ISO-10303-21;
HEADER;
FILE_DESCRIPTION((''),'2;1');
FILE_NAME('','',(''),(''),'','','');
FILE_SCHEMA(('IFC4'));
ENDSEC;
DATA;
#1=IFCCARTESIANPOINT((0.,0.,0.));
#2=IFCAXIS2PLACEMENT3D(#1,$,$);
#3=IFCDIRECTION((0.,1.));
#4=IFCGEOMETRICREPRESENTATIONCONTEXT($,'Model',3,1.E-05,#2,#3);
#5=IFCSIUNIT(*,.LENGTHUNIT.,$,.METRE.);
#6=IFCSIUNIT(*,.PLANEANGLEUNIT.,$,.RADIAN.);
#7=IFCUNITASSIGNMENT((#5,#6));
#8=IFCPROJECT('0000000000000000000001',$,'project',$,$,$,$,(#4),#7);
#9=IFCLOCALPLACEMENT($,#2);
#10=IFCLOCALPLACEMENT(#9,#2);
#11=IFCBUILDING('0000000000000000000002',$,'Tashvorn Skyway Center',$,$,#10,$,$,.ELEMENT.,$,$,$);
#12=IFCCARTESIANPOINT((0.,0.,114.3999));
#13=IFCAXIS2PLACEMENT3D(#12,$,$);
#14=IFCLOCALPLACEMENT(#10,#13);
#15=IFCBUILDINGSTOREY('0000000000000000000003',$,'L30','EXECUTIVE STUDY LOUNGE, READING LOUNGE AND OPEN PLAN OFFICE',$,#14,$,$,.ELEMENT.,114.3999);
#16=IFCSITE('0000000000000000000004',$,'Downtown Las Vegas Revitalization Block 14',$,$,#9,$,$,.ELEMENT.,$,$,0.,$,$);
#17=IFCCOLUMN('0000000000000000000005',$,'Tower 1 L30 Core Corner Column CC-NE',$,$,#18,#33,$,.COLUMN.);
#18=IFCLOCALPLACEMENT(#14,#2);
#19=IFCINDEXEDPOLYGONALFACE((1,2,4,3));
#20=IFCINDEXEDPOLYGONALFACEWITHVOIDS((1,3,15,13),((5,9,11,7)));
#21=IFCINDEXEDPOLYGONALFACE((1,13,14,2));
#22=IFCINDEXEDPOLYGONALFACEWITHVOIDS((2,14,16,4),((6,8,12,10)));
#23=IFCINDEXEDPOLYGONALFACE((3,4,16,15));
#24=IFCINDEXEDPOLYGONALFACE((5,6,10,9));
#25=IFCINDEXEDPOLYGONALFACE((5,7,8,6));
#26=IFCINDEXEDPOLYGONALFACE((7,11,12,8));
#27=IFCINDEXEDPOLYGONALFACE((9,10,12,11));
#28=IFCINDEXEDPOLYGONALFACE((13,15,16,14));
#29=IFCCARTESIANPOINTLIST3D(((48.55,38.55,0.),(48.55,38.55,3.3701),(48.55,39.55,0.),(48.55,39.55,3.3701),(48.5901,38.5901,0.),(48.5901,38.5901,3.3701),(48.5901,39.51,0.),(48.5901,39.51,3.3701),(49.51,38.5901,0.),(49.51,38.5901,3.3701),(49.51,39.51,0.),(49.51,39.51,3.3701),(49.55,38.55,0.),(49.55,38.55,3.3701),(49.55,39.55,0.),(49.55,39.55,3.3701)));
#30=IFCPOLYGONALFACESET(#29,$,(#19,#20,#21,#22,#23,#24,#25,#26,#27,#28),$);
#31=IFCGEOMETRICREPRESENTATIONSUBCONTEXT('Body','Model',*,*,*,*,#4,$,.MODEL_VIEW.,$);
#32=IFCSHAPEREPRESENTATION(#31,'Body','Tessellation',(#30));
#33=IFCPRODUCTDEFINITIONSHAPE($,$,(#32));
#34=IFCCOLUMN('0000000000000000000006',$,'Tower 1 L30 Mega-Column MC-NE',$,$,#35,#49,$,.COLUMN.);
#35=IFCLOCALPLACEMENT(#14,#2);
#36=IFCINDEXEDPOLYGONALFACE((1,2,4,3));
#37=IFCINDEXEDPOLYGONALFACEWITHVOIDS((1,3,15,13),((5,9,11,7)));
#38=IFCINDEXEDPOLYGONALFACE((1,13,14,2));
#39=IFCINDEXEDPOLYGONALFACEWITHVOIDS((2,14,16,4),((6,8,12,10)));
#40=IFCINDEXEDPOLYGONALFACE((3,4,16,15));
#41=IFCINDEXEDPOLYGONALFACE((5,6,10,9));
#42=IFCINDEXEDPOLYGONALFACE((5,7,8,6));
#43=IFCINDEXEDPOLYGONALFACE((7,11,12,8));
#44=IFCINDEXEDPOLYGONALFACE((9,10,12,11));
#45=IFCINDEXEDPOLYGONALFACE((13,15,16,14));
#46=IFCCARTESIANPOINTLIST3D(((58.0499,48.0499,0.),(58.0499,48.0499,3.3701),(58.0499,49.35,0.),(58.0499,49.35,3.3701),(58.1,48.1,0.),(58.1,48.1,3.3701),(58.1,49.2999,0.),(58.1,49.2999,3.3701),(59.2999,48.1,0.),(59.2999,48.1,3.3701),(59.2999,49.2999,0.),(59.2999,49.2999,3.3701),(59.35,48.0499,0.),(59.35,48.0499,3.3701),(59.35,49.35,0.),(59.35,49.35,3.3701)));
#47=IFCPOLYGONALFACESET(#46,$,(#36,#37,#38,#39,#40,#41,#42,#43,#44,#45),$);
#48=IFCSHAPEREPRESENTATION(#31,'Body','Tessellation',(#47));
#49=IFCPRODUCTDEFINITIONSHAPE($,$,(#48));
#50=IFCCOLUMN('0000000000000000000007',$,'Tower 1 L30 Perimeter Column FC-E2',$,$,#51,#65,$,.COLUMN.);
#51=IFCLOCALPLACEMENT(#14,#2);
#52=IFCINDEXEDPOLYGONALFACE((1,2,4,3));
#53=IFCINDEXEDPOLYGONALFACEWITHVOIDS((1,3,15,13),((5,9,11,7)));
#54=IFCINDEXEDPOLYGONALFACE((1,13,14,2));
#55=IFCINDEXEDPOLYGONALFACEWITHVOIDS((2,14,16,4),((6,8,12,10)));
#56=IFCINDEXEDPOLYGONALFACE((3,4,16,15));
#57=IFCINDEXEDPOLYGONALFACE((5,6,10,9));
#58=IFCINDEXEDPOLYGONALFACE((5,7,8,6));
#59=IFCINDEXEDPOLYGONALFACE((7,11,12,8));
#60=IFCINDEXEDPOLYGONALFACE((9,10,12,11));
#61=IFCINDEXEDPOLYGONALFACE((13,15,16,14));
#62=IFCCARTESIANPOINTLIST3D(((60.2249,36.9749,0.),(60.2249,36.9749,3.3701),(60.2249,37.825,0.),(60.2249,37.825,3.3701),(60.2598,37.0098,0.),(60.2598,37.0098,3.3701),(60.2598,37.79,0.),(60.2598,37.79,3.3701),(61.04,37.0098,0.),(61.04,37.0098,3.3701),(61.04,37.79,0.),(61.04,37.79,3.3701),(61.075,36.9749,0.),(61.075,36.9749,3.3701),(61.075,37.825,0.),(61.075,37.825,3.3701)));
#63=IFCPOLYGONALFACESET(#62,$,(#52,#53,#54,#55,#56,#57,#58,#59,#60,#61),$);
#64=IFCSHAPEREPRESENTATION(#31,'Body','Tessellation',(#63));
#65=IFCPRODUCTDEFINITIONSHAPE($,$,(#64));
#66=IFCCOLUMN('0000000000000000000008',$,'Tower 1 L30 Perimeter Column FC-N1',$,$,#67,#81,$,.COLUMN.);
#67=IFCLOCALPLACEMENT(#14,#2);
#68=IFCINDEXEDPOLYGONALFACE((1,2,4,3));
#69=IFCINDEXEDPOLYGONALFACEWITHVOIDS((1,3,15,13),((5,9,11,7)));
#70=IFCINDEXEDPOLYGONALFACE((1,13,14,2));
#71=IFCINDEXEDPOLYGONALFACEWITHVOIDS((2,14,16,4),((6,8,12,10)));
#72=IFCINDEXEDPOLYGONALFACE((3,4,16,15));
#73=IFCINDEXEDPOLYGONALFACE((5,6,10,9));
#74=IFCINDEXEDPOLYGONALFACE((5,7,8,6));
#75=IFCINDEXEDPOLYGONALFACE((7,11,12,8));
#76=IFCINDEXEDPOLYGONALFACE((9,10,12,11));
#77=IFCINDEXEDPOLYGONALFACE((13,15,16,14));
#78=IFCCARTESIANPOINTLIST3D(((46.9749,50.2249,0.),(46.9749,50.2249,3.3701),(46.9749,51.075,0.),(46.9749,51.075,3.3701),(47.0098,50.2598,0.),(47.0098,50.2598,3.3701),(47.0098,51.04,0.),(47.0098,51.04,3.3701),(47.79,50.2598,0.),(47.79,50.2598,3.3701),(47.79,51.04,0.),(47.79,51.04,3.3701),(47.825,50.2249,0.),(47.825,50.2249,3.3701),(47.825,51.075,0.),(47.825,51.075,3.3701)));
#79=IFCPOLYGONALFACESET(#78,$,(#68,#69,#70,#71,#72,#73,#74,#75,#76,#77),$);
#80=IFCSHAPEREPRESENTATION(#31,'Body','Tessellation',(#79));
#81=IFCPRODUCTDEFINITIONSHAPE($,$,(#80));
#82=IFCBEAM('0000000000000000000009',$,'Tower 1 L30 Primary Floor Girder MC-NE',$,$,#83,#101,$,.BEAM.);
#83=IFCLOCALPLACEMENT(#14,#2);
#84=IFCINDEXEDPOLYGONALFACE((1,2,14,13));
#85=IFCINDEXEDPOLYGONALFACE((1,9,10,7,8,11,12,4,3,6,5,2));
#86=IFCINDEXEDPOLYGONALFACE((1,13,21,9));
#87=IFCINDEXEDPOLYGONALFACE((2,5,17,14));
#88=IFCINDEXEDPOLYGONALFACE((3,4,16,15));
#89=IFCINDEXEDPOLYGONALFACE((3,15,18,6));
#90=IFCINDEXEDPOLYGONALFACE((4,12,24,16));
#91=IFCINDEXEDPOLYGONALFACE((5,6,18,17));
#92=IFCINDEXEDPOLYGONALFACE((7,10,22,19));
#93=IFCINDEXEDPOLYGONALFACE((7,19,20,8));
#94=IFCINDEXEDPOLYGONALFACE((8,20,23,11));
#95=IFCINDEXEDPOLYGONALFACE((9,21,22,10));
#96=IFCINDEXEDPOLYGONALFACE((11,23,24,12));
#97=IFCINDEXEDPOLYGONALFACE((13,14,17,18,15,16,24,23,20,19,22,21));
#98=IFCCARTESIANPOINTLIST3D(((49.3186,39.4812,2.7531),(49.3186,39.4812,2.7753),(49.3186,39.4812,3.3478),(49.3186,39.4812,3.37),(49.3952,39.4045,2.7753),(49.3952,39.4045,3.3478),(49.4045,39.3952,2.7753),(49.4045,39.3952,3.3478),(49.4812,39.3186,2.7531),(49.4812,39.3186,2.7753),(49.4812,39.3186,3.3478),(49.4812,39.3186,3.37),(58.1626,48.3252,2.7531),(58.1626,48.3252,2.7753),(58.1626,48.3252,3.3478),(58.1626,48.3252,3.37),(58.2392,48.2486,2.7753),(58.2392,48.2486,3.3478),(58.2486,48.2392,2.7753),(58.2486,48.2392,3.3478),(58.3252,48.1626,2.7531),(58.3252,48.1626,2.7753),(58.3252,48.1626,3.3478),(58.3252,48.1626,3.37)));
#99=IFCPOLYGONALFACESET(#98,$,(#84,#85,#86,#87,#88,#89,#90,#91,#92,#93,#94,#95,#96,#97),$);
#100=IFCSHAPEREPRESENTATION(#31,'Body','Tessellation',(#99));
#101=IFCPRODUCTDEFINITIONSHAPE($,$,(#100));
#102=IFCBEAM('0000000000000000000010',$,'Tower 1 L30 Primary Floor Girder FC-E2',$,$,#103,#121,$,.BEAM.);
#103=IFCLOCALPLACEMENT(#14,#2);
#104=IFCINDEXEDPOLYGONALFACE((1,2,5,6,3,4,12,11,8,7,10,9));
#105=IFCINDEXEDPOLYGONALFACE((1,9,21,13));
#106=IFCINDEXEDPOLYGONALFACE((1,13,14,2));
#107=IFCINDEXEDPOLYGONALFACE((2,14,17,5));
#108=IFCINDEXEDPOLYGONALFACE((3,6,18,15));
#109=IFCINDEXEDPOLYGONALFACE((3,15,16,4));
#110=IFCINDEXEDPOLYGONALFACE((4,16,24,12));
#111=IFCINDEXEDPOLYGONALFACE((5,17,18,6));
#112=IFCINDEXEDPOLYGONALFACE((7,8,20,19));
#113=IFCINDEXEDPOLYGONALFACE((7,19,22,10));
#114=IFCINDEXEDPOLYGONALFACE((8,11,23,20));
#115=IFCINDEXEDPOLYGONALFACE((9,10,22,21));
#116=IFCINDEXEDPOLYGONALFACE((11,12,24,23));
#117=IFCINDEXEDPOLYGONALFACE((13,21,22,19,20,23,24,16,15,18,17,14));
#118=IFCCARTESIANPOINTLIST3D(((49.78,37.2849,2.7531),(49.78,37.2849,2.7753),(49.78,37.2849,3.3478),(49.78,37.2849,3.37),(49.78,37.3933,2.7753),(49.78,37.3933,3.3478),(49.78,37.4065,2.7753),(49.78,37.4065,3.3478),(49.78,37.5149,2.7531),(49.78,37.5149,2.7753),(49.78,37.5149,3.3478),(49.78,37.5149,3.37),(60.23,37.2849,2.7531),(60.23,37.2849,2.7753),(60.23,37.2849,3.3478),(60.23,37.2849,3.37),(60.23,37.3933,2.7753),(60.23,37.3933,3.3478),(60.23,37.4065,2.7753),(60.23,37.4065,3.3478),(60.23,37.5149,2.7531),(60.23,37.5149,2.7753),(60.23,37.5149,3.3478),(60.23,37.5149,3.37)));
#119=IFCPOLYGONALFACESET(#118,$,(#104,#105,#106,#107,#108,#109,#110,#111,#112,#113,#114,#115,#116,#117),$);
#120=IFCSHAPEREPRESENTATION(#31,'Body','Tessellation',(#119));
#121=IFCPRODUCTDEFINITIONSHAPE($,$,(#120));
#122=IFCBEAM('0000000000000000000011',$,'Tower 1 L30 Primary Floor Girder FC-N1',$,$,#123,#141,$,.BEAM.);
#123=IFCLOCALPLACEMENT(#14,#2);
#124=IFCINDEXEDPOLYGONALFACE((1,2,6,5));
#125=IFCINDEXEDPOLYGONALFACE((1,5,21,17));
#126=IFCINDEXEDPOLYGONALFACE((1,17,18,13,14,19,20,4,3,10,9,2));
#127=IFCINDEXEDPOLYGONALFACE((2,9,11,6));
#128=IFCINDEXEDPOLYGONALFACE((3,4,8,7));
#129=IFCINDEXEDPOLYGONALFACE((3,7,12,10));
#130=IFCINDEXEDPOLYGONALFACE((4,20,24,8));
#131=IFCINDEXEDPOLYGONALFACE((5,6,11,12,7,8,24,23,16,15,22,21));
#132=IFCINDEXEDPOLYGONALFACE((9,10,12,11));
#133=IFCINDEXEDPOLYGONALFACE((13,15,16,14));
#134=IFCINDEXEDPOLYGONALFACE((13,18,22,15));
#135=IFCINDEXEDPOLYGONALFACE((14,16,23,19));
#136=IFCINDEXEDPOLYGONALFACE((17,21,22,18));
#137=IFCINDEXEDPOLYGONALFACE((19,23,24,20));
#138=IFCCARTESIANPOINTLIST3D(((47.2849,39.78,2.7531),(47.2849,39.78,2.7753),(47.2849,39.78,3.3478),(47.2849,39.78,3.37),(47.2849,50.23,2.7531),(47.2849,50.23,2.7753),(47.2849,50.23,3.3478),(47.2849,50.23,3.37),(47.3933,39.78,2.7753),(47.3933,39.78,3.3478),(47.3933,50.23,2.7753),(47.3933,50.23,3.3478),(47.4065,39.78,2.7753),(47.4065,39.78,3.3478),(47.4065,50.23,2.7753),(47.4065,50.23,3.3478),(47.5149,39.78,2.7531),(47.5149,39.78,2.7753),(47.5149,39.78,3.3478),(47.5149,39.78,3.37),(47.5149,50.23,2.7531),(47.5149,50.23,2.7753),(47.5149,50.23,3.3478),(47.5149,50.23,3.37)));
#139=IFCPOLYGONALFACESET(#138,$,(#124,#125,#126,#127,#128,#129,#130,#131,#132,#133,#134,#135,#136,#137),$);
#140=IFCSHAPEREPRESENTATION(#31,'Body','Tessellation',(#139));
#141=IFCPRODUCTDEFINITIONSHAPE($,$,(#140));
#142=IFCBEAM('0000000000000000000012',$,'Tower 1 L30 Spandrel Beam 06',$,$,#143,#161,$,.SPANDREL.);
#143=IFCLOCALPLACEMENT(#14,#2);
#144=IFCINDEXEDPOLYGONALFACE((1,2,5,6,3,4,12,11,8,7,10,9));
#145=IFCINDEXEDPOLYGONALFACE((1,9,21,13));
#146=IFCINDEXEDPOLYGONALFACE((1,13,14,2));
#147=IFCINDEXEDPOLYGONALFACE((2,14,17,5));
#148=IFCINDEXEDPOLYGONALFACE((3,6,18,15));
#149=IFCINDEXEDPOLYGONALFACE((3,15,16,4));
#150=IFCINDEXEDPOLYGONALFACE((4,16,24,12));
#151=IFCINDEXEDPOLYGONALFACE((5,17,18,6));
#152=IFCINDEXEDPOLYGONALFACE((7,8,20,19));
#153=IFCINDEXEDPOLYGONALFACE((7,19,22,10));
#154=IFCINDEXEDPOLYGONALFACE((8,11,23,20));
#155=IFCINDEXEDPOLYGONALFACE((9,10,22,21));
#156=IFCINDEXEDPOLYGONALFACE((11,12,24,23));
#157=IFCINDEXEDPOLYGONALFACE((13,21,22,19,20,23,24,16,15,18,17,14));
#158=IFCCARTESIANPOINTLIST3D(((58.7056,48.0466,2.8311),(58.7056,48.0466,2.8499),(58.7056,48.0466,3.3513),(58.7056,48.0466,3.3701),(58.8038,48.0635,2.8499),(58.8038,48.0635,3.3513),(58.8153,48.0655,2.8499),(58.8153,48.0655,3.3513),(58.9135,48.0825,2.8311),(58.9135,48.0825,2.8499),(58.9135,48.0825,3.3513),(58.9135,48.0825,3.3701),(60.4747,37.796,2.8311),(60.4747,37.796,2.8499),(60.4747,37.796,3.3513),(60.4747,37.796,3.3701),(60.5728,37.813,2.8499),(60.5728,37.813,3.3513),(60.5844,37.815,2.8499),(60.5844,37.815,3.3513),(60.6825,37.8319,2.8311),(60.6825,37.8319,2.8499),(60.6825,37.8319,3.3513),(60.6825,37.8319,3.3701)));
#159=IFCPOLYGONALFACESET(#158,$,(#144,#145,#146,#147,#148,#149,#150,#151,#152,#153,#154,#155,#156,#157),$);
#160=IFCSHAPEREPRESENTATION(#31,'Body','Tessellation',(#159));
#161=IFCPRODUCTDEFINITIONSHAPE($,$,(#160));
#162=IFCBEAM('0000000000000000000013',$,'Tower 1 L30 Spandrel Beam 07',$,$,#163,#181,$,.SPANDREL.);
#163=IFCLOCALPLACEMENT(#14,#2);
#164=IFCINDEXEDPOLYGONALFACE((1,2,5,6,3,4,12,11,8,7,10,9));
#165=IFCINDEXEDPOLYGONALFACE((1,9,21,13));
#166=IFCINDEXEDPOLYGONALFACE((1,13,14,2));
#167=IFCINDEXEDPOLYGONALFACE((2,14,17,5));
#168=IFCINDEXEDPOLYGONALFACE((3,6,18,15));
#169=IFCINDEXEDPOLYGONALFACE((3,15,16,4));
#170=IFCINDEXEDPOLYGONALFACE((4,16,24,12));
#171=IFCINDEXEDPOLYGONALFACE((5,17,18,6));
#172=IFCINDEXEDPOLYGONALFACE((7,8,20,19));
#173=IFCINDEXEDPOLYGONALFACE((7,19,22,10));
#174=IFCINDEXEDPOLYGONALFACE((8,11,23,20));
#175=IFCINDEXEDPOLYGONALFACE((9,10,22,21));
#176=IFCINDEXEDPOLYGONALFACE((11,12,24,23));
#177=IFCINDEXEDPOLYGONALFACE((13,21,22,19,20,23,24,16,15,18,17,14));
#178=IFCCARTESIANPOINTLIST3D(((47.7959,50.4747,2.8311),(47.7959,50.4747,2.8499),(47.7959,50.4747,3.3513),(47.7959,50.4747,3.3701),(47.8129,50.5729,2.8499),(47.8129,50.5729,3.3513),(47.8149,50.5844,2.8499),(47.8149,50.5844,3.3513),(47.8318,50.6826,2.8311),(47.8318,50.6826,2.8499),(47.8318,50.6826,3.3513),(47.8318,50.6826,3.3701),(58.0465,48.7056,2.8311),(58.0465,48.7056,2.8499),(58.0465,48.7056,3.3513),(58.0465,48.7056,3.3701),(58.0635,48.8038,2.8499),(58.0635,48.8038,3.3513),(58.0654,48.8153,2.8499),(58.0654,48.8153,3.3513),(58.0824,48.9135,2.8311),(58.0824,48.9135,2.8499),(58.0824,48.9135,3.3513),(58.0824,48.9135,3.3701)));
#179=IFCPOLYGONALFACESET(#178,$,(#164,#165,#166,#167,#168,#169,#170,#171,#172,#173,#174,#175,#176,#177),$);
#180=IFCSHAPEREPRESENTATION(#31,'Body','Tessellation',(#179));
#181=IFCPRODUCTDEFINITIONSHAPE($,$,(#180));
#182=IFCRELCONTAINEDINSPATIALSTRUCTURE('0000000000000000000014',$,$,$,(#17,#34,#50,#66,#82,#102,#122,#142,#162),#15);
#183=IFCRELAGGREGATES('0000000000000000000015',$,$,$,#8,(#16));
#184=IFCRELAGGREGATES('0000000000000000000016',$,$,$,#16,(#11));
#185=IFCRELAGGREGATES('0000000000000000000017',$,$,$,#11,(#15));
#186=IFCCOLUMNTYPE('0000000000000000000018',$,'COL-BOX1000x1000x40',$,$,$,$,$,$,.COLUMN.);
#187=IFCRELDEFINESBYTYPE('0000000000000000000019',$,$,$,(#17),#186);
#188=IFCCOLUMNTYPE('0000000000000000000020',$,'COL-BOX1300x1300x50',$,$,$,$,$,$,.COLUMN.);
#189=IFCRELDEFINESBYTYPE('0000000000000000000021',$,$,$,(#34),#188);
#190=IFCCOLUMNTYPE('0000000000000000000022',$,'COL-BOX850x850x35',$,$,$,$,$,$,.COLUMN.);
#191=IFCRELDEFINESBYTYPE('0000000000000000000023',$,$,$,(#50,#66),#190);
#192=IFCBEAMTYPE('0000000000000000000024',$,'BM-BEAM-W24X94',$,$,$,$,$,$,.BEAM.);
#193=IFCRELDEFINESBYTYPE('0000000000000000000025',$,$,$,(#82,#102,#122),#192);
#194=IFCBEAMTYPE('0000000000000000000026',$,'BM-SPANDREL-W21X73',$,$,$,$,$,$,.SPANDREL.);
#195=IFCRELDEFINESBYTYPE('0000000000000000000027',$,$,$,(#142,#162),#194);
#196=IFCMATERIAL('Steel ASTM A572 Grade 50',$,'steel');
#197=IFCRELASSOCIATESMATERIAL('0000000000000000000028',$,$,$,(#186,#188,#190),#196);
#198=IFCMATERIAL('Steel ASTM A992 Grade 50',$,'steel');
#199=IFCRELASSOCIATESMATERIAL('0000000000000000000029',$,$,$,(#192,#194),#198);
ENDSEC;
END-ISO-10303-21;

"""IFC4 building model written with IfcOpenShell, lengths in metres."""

from ifc_helpers import new_model, si_unit, direction, frame, origin, origin_2d, place, context, subcontext, project, spatial, hollow_rectangle, i_section, extrude, material, material_profile, profile_set, type_object, element, save


model = new_model("IFC4")

# Units and contexts
model_context = context("Model", 3, precision=1e-05, world=origin(), true_north=direction((0.0, 1.0)))
body_context = subcontext(model_context, "Body", "Model", "MODEL_VIEW")
ifc_project = project(units=[si_unit("LENGTHUNIT", "METRE"), si_unit("PLANEANGLEUNIT", "RADIAN")], contexts=[model_context])

# Site, building, storey
site_placement = place(None, origin())
site = spatial("IfcSite", under=ifc_project, at=site_placement, Name="Downtown Las Vegas Revitalization Block 14", CompositionType="ELEMENT", RefElevation=0.0)
building_placement = place(site_placement, origin())
building = spatial("IfcBuilding", under=site, at=building_placement, Name="Tashvorn Skyway Center", CompositionType="ELEMENT")
storey_placement = place(building_placement, frame((0.0, 0.0, 114.3999)))
storey = spatial("IfcBuildingStorey", under=building, at=storey_placement, Name="L30", Description="EXECUTIVE STUDY LOUNGE, READING LOUNGE AND OPEN PLAN OFFICE", CompositionType="ELEMENT", Elevation=114.3999)

# Columns
ifc_material_1 = material(Name="Steel ASTM A572 Grade 50", Category="steel")
ifc_material_profile_1 = material_profile(ifc_material_1, hollow_rectangle(XDim=1.0, YDim=1.0, WallThickness=0.04, at=origin_2d()), Name="BOX1000x1000x40")
ifc_profile_set_1 = profile_set([ifc_material_profile_1], Name="Steel ASTM A572 Grade 50")
column_type_1 = type_object("IfcColumnType", Name="COL-BOX1000x1000x40", PredefinedType="COLUMN", material=ifc_profile_set_1)
column_1_placement = place(storey_placement, frame((49.05, 39.05, 0.0), z_axis=(0.0, 0.0, 1.0), x_axis=(1.0, 0.0, 0.0)))
element("IfcColumn", 1, at=column_1_placement, inside=storey, type_object=column_type_1, Name="Tower 1 L30 Core Corner Column CC-NE", PredefinedType="COLUMN", context=body_context, shape_type="SweptSolid", body=[
    extrude(hollow_rectangle(XDim=1.0, YDim=1.0, WallThickness=0.04, at=origin_2d()), origin(), (0.0, 0.0, 1.0), 3.3701),
])
ifc_material_profile_2 = material_profile(ifc_material_1, hollow_rectangle(XDim=1.3, YDim=1.3, WallThickness=0.05, at=origin_2d()), Name="BOX1300x1300x50")
ifc_profile_set_2 = profile_set([ifc_material_profile_2], Name="Steel ASTM A572 Grade 50")
column_type_2 = type_object("IfcColumnType", Name="COL-BOX1300x1300x50", PredefinedType="COLUMN", material=ifc_profile_set_2)
column_2_placement = place(storey_placement, frame((58.7, 48.7, 0.0), z_axis=(0.0, 0.0, 1.0), x_axis=(1.0, 0.0, 0.0)))
element("IfcColumn", 2, at=column_2_placement, inside=storey, type_object=column_type_2, Name="Tower 1 L30 Mega-Column MC-NE", PredefinedType="COLUMN", context=body_context, shape_type="SweptSolid", body=[
    extrude(hollow_rectangle(XDim=1.3, YDim=1.3, WallThickness=0.05, at=origin_2d()), origin(), (0.0, 0.0, 1.0), 3.3701),
])
ifc_material_profile_3 = material_profile(ifc_material_1, hollow_rectangle(XDim=0.8501, YDim=0.8501, WallThickness=0.0349, at=origin_2d()), Name="BOX850x850x35")
ifc_profile_set_3 = profile_set([ifc_material_profile_3], Name="Steel ASTM A572 Grade 50")
column_type_3 = type_object("IfcColumnType", Name="COL-BOX850x850x35", PredefinedType="COLUMN", material=ifc_profile_set_3)
for number, where, z_axis, x_axis, name in (
    (3, (60.6499, 37.3999, 0.0), (0.0, 0.0, 1.0), (1.0, 0.0, 0.0), "Tower 1 L30 Perimeter Column FC-E2"),
    (4, (47.3999, 50.6499, 0.0), (0.0, 0.0, 1.0), (1.0, 0.0, 0.0), "Tower 1 L30 Perimeter Column FC-N1"),
):
    element("IfcColumn", number, at=place(storey_placement, frame(where, z_axis=z_axis, x_axis=x_axis)), inside=storey, type_object=column_type_3, Name=name, PredefinedType="COLUMN", context=body_context, shape_type="SweptSolid", body=[
        extrude(hollow_rectangle(XDim=0.8501, YDim=0.8501, WallThickness=0.0349, at=origin_2d()), origin(), (0.0, 0.0, 1.0), 3.3701),
    ])

# Beams
ifc_material_2 = material(Name="Steel ASTM A992 Grade 50", Category="steel")
ifc_material_profile_4 = material_profile(ifc_material_2, i_section(OverallWidth=0.23, OverallDepth=0.6169, WebThickness=0.0132, FlangeThickness=0.0222, at=origin_2d()), Name="W24X94")
ifc_profile_set_4 = profile_set([ifc_material_profile_4], Name="Steel ASTM A992 Grade 50")
beam_type_1 = type_object("IfcBeamType", Name="BM-BEAM-W24X94", PredefinedType="BEAM", material=ifc_profile_set_4)
beam_placement = place(storey_placement, frame((58.2439, 48.2439, 3.0615), z_axis=(-0.707107, -0.707107, 0.0), x_axis=(0.707107, -0.707107, 0.0)))
element("IfcBeam", 5, at=beam_placement, inside=storey, type_object=beam_type_1, Name="Tower 1 L30 Primary Floor Girder MC-NE", PredefinedType="BEAM", context=body_context, shape_type="SweptSolid", body=[
    extrude(i_section(OverallWidth=0.23, OverallDepth=0.6169, WebThickness=0.0132, FlangeThickness=0.0222, at=origin_2d()), origin(), (0.0, 0.0, 1.0), 12.5073),
])
for number, where, z_axis, x_axis, name in (
    (6, (60.23, 37.3999, 3.0615), (-1.0, 0.0, 0.0), (0.0, -1.0, 0.0), "Tower 1 L30 Primary Floor Girder FC-E2"),
    (7, (47.3999, 50.23, 3.0615), (0.0, -1.0, 0.0), (1.0, 0.0, 0.0), "Tower 1 L30 Primary Floor Girder FC-N1"),
):
    element("IfcBeam", number, at=place(storey_placement, frame(where, z_axis=z_axis, x_axis=x_axis)), inside=storey, type_object=beam_type_1, Name=name, PredefinedType="BEAM", context=body_context, shape_type="SweptSolid", body=[
        extrude(i_section(OverallWidth=0.23, OverallDepth=0.6169, WebThickness=0.0132, FlangeThickness=0.0222, at=origin_2d()), origin(), (0.0, 0.0, 1.0), 10.45),
    ])
ifc_material_profile_5 = material_profile(ifc_material_2, i_section(OverallWidth=0.2109, OverallDepth=0.5391, WebThickness=0.0117, FlangeThickness=0.0188, at=origin_2d()), Name="W21X73")
ifc_profile_set_5 = profile_set([ifc_material_profile_5], Name="Steel ASTM A992 Grade 50")
beam_type_2 = type_object("IfcBeamType", Name="BM-SPANDREL-W21X73", PredefinedType="SPANDREL", material=ifc_profile_set_5)
for number, where, z_axis, x_axis, name in (
    (8, (60.5786, 37.814, 3.1006), (-0.170067, 0.985432, 0.0), (-0.985432, -0.170067, 0.0), "Tower 1 L30 Spandrel Beam 06"),
    (9, (58.0645, 48.8096, 3.1006), (-0.985432, 0.170067, 0.0), (-0.170067, -0.985432, 0.0), "Tower 1 L30 Spandrel Beam 07"),
):
    element("IfcBeam", number, at=place(storey_placement, frame(where, z_axis=z_axis, x_axis=x_axis)), inside=storey, type_object=beam_type_2, Name=name, PredefinedType="SPANDREL", context=body_context, shape_type="SweptSolid", body=[
        extrude(i_section(OverallWidth=0.2109, OverallDepth=0.5391, WebThickness=0.0117, FlangeThickness=0.0188, at=origin_2d()), origin(), (0.0, 0.0, 1.0), 10.4021),
    ])

save(model, "model.ifc")
